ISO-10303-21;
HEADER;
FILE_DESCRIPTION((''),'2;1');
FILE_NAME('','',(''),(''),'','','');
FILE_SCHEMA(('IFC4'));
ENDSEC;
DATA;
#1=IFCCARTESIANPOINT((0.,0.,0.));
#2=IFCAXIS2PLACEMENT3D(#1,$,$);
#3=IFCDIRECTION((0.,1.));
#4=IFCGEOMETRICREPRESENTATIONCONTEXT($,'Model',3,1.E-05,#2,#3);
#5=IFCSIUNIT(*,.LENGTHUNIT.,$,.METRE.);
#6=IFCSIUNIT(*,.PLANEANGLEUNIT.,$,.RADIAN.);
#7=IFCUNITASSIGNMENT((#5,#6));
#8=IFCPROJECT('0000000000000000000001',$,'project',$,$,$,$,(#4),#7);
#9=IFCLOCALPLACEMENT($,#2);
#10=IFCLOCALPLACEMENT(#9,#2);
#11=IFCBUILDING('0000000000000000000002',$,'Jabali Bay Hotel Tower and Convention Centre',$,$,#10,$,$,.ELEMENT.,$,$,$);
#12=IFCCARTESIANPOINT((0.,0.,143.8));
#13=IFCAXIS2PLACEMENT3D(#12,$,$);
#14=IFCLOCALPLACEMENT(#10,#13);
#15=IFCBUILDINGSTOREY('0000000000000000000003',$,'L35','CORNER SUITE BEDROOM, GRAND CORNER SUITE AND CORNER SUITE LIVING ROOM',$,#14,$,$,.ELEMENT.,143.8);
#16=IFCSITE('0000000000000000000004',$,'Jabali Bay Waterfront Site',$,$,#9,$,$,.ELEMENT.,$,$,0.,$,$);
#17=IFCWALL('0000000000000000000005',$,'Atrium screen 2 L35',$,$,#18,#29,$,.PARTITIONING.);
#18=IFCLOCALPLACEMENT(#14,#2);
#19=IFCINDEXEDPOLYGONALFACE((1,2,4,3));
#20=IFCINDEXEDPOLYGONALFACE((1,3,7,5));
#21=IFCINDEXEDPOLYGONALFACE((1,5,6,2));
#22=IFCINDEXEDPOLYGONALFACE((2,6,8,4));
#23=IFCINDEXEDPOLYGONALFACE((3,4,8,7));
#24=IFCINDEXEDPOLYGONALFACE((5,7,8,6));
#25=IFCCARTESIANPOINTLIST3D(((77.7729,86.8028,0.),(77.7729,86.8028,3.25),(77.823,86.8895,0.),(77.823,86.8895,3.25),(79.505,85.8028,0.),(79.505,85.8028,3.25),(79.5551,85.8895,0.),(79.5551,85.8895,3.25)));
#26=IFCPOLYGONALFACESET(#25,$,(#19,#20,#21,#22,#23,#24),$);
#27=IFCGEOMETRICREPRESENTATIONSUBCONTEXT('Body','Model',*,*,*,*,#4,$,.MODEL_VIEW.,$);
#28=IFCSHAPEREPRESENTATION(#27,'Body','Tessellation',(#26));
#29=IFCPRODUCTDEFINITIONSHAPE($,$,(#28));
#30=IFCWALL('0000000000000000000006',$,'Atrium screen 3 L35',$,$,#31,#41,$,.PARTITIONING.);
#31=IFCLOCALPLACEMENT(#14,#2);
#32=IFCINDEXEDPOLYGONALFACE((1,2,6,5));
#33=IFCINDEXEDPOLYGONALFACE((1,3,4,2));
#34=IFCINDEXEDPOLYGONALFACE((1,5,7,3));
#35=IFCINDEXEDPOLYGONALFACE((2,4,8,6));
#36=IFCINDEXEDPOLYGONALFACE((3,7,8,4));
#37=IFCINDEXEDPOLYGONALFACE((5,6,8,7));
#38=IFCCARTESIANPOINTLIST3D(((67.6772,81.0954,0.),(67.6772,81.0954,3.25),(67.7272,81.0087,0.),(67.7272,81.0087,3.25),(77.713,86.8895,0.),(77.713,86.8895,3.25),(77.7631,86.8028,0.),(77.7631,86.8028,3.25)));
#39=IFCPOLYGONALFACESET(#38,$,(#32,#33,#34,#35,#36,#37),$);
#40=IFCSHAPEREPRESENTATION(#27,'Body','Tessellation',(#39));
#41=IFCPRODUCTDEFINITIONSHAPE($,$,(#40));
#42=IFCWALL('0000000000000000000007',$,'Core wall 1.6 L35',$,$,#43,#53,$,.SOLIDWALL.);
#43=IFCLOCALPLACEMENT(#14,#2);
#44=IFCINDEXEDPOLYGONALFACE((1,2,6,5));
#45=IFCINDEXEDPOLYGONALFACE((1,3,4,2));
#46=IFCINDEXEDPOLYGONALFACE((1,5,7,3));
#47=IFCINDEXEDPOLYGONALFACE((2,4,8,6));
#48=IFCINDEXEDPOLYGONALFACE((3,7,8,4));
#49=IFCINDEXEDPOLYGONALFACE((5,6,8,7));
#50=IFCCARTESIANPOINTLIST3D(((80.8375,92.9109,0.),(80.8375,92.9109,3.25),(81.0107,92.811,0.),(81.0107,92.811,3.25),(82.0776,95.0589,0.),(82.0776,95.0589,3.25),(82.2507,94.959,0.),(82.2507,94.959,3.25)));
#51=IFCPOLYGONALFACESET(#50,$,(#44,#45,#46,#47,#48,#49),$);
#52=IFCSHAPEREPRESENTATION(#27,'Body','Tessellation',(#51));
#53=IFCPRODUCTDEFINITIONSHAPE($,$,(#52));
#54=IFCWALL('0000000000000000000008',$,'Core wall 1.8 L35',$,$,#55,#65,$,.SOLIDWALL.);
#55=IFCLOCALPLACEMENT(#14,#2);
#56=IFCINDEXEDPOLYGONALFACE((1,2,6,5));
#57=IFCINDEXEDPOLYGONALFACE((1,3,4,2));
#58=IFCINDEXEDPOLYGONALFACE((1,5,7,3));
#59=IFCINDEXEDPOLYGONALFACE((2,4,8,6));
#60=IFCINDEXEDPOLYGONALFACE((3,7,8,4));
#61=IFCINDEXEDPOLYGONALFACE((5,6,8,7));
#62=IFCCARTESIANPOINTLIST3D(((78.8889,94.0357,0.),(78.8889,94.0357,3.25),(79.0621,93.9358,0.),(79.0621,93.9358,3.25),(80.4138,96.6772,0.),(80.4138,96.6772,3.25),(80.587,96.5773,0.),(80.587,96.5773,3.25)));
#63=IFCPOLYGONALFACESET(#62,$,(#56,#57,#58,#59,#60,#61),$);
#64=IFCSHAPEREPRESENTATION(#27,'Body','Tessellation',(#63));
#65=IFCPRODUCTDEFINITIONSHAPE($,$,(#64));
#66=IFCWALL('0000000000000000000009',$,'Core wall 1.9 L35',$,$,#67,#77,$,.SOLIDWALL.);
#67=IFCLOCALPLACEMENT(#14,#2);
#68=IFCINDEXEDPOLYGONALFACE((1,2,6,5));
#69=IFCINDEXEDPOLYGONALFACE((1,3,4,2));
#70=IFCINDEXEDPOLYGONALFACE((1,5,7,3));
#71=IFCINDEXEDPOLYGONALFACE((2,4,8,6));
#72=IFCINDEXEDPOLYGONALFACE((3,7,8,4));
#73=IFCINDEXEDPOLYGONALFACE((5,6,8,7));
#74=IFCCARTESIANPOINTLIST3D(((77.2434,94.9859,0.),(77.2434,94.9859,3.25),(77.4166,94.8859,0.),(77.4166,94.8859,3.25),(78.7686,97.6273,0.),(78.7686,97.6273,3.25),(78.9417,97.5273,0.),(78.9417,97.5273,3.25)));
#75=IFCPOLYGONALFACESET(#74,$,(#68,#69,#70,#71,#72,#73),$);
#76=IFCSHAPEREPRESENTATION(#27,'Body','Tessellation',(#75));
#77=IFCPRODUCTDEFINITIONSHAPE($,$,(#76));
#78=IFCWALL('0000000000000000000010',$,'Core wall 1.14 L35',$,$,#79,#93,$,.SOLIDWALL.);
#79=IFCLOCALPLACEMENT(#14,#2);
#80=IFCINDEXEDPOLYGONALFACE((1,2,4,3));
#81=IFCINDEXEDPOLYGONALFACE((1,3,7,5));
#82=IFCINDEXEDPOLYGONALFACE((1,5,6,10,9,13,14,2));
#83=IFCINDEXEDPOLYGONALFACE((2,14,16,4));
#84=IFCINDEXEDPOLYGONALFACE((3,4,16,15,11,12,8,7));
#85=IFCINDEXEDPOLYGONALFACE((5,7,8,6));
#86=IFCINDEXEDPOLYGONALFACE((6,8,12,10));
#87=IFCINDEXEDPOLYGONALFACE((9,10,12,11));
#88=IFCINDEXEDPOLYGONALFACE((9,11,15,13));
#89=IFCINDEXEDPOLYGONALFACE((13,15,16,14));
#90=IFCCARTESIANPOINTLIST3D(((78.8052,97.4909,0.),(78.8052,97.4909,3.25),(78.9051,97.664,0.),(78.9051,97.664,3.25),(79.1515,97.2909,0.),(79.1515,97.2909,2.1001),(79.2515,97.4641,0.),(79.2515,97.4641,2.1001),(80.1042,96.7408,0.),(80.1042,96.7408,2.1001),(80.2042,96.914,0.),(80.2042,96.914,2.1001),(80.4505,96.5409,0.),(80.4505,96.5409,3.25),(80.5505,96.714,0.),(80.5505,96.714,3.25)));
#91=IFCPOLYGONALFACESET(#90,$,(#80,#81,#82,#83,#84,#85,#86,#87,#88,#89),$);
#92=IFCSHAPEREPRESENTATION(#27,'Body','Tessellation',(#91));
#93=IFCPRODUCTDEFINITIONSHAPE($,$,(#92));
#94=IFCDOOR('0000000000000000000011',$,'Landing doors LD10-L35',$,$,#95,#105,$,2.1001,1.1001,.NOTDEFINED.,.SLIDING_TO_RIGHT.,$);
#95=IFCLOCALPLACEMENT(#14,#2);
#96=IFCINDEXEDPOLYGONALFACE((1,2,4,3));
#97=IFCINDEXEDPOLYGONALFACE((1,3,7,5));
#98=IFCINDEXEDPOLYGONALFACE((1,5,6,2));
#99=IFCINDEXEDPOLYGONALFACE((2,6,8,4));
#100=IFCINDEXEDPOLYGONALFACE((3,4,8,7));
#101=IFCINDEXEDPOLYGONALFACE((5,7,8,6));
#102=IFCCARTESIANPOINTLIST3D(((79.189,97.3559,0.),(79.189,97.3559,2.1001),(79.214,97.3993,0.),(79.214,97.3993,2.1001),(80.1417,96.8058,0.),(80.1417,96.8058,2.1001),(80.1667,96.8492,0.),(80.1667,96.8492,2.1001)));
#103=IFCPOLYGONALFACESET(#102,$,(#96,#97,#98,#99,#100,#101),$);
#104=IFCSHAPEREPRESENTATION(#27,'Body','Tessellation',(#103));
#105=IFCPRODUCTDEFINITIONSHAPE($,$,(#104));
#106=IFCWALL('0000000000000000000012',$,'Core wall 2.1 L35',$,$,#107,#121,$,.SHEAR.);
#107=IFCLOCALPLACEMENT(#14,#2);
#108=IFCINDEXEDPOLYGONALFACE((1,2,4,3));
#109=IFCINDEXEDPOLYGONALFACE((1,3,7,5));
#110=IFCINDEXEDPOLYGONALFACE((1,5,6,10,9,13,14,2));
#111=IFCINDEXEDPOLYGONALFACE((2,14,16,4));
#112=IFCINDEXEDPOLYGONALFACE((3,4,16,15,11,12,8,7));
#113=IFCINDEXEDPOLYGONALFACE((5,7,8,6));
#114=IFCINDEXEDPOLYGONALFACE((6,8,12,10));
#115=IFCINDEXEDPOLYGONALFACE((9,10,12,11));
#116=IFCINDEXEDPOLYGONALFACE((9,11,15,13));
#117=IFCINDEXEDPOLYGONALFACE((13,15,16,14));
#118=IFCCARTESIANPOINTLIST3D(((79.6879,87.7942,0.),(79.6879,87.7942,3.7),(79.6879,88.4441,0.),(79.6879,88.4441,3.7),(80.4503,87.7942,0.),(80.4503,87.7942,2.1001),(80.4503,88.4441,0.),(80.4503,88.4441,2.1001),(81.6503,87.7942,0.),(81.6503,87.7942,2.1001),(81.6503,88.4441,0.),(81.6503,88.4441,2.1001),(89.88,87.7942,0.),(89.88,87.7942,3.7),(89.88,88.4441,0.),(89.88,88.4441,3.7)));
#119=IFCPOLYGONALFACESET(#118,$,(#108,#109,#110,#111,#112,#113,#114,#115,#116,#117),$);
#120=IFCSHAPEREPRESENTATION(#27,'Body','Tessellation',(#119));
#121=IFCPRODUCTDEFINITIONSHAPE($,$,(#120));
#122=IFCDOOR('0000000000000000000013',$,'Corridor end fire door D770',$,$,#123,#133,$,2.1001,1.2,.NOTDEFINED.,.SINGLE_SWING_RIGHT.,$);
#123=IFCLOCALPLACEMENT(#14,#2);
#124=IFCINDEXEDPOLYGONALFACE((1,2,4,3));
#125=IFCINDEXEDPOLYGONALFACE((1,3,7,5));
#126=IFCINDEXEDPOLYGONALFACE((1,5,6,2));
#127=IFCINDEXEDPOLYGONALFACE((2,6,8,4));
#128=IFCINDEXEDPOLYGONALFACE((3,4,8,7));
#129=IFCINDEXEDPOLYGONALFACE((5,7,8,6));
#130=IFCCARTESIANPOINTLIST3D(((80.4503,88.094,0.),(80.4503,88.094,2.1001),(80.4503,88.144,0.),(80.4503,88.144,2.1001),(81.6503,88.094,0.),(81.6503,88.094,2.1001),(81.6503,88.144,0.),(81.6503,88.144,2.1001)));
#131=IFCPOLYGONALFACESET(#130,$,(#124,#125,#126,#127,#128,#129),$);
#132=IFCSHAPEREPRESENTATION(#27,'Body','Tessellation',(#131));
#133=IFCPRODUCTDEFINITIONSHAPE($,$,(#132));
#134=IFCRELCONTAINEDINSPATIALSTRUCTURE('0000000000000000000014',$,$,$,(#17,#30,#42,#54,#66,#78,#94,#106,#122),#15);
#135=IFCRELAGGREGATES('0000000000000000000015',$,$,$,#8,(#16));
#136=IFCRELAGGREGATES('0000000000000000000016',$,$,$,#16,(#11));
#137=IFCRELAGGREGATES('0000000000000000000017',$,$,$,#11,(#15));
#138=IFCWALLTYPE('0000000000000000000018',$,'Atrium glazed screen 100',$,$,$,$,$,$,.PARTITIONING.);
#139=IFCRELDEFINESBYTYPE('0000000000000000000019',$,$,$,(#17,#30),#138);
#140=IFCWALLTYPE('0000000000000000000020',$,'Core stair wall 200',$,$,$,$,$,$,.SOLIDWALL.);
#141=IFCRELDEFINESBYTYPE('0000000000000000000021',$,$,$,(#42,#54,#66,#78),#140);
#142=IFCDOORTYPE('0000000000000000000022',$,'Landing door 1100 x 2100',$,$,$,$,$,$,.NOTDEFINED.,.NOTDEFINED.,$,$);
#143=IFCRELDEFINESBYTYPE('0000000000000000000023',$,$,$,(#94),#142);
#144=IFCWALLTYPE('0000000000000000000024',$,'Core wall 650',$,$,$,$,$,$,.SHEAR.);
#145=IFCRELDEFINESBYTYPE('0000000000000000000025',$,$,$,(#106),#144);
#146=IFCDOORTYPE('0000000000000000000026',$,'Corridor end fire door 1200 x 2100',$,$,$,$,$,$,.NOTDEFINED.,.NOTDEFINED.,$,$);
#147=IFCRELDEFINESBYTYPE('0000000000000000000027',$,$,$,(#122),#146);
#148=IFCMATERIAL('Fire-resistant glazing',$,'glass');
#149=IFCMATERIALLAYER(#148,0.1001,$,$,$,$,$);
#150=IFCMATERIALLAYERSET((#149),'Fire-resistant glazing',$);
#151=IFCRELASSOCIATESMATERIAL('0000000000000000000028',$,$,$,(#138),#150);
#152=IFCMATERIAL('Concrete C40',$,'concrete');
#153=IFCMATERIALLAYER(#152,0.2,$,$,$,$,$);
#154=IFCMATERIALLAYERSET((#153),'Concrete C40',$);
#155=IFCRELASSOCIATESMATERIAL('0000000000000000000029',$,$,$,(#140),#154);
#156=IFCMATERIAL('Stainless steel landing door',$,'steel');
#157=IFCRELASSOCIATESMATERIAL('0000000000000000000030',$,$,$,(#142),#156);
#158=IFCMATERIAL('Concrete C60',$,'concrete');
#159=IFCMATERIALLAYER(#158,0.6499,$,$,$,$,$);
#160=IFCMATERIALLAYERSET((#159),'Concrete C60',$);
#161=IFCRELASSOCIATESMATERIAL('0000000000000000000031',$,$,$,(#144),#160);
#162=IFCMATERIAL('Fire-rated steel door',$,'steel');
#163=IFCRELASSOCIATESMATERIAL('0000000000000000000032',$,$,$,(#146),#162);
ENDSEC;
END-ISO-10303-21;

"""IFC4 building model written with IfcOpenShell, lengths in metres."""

from ifc_helpers import new_model, si_unit, direction, frame, frame_2d, origin, place, context, subcontext, project, spatial, rectangle, extrude, material, layer, layer_set, type_object, element, fill, save


model = new_model("IFC4")

# Units and contexts
model_context = context("Model", 3, precision=1e-05, world=origin(), true_north=direction((0.0, 1.0)))
body_context = subcontext(model_context, "Body", "Model", "MODEL_VIEW")
ifc_project = project(units=[si_unit("LENGTHUNIT", "METRE"), si_unit("PLANEANGLEUNIT", "RADIAN")], contexts=[model_context])

# Site, building, storey
site_placement = place(None, origin())
site = spatial("IfcSite", under=ifc_project, at=site_placement, Name="Jabali Bay Waterfront Site", CompositionType="ELEMENT", RefElevation=0.0)
building_placement = place(site_placement, origin())
building = spatial("IfcBuilding", under=site, at=building_placement, Name="Jabali Bay Hotel Tower and Convention Centre", CompositionType="ELEMENT")
storey_placement = place(building_placement, frame((0.0, 0.0, 143.8)))
storey = spatial("IfcBuildingStorey", under=building, at=storey_placement, Name="L35", Description="CORNER SUITE BEDROOM, GRAND CORNER SUITE AND CORNER SUITE LIVING ROOM", CompositionType="ELEMENT", Elevation=143.8)

# Walls
ifc_material_1 = material(Name="Fire-resistant glazing", Category="glass")
ifc_layer_1 = layer(ifc_material_1, 0.1001)
ifc_layer_set_1 = layer_set([ifc_layer_1], Name="Fire-resistant glazing")
wall_type_1 = type_object("IfcWallType", Name="Atrium glazed screen 100", PredefinedType="PARTITIONING", material=ifc_layer_set_1)
wall_1_placement = place(storey_placement, frame((79.53, 85.8462, 0.0), z_axis=(0.0, 0.0, 1.0), x_axis=(-0.866041, 0.499973, 0.0)))
element("IfcWall", 1, at=wall_1_placement, inside=storey, type_object=wall_type_1, Name="Atrium screen 2 L35", PredefinedType="PARTITIONING", context=body_context, shape_type="SweptSolid", body=[
    extrude(rectangle(XDim=2.0, YDim=0.1001, at=frame_2d((1.0, 0.0))), origin(), (0.0, 0.0, 1.0), 3.25),
])
wall_2_placement = place(storey_placement, frame((77.738, 86.8462, 0.0), z_axis=(0.0, 0.0, 1.0), x_axis=(-0.866027, -0.499998, 0.0)))
element("IfcWall", 2, at=wall_2_placement, inside=storey, type_object=wall_type_1, Name="Atrium screen 3 L35", PredefinedType="PARTITIONING", context=body_context, shape_type="SweptSolid", body=[
    extrude(rectangle(XDim=11.5884, YDim=0.1001, at=frame_2d((5.7942, 0.0))), origin(), (0.0, 0.0, 1.0), 3.25),
])
ifc_material_2 = material(Name="Concrete C40", Category="concrete")
ifc_layer_2 = layer(ifc_material_2, 0.2)
ifc_layer_set_2 = layer_set([ifc_layer_2], Name="Concrete C40")
wall_type_2 = type_object("IfcWallType", Name="Core stair wall 200", PredefinedType="SOLIDWALL", material=ifc_layer_set_2)
wall_3_placement = place(storey_placement, frame((80.9241, 92.8608, 0.0), z_axis=(0.0, 0.0, 1.0), x_axis=(0.499961, 0.866048, 0.0)))
element("IfcWall", 3, at=wall_3_placement, inside=storey, type_object=wall_type_2, Name="Core wall 1.6 L35", PredefinedType="SOLIDWALL", context=body_context, shape_type="SweptSolid", body=[
    extrude(rectangle(XDim=2.4802, YDim=0.2, at=frame_2d((1.2402, 0.0))), origin(), (0.0, 0.0, 1.0), 3.25),
])
for number, where, z_axis, x_axis, name in (
    (4, (78.9756, 93.9858, 0.0), (0.0, 0.0, 1.0), (0.499944, 0.866058, 0.0), "Core wall 1.8 L35"),
    (5, (77.3301, 94.936, 0.0), (0.0, 0.0, 1.0), (0.500039, 0.866003, 0.0), "Core wall 1.9 L35"),
):
    element("IfcWall", number, at=place(storey_placement, frame(where, z_axis=z_axis, x_axis=x_axis)), inside=storey, type_object=wall_type_2, Name=name, PredefinedType="SOLIDWALL", context=body_context, shape_type="SweptSolid", body=[
        extrude(rectangle(XDim=3.05, YDim=0.2, at=frame_2d((1.5249, 0.0))), origin(), (0.0, 0.0, 1.0), 3.25),
    ])

# Walls, openings, doors
wall_4_placement = place(storey_placement, frame((80.5005, 96.6274, 0.0), z_axis=(0.0, 0.0, 1.0), x_axis=(-0.866012, 0.500023, 0.0)))
wall_4 = element("IfcWall", 6, at=wall_4_placement, inside=storey, type_object=wall_type_2, Name="Core wall 1.14 L35", PredefinedType="SOLIDWALL", context=body_context, shape_type="SweptSolid", body=[
    extrude(rectangle(XDim=1.8999, YDim=0.2, at=frame_2d((0.95, 0.0))), origin(), (0.0, 0.0, 1.0), 3.25),
])
opening_1_placement = place(wall_4_placement, frame((0.3999, 0.0, 0.0)))
opening_1 = element("IfcOpeningElement", 7, at=opening_1_placement, cuts=wall_4, PredefinedType="OPENING", context=body_context, shape_type="SweptSolid", body=[
    extrude(rectangle(XDim=1.1001, YDim=2.1001, at=frame_2d((0.55, 1.05))), frame((0.0, 0.1104, 0.0), z_axis=(0.0, -1.0, 0.0), x_axis=(1.0, 0.0, 0.0)), (0.0, 0.0, 1.0), 0.2209),
])
ifc_material_3 = material(Name="Stainless steel landing door", Category="steel")
door_type_1 = type_object("IfcDoorType", Name="Landing door 1100 x 2100", OperationType="NOTDEFINED", PredefinedType="NOTDEFINED", material=ifc_material_3)
door_1_placement = place(opening_1_placement, origin())
door_1 = element("IfcDoor", 8, at=door_1_placement, inside=storey, type_object=door_type_1, Name="Landing doors LD10-L35", OperationType="SLIDING_TO_RIGHT", OverallHeight=2.1001, OverallWidth=1.1001, PredefinedType="NOTDEFINED", context=body_context, shape_type="SweptSolid", body=[
    extrude(rectangle(XDim=1.1001, YDim=2.1001, at=frame_2d((0.55, 1.05))), frame((0.0, 0.0249, 0.0), z_axis=(0.0, -1.0, 0.0), x_axis=(1.0, 0.0, 0.0)), (0.0, 0.0, 1.0), 0.05),
])
fill(opening_1, door_1)
ifc_material_4 = material(Name="Concrete C60", Category="concrete")
ifc_layer_3 = layer(ifc_material_4, 0.6499)
ifc_layer_set_3 = layer_set([ifc_layer_3], Name="Concrete C60")
wall_type_3 = type_object("IfcWallType", Name="Core wall 650", PredefinedType="SHEAR", material=ifc_layer_set_3)
wall_5_placement = place(storey_placement, frame((79.6877, 88.1191, 0.0), z_axis=(0.0, 0.0, 1.0), x_axis=(1.0, 0.0, 0.0)))
wall_5 = element("IfcWall", 9, at=wall_5_placement, inside=storey, type_object=wall_type_3, Name="Core wall 2.1 L35", PredefinedType="SHEAR", context=body_context, shape_type="SweptSolid", body=[
    extrude(rectangle(XDim=10.1921, YDim=0.6499, at=frame_2d((5.0962, 0.0))), origin(), (0.0, 0.0, 1.0), 3.7),
])
opening_2_placement = place(wall_5_placement, frame((0.7625, 0.0, 0.0)))
opening_2 = element("IfcOpeningElement", 10, at=opening_2_placement, cuts=wall_5, PredefinedType="OPENING", context=body_context, shape_type="SweptSolid", body=[
    extrude(rectangle(XDim=1.2, YDim=2.1001, at=frame_2d((0.6001, 1.05))), frame((0.0, 0.3354, 0.0), z_axis=(0.0, -1.0, 0.0), x_axis=(1.0, 0.0, 0.0)), (0.0, 0.0, 1.0), 0.6709),
])
ifc_material_5 = material(Name="Fire-rated steel door", Category="steel")
door_type_2 = type_object("IfcDoorType", Name="Corridor end fire door 1200 x 2100", OperationType="NOTDEFINED", PredefinedType="NOTDEFINED", material=ifc_material_5)
door_2_placement = place(opening_2_placement, origin())
door_2 = element("IfcDoor", 11, at=door_2_placement, inside=storey, type_object=door_type_2, Name="Corridor end fire door D770", OperationType="SINGLE_SWING_RIGHT", OverallHeight=2.1001, OverallWidth=1.2, PredefinedType="NOTDEFINED", context=body_context, shape_type="SweptSolid", body=[
    extrude(rectangle(XDim=1.2, YDim=2.1001, at=frame_2d((0.6001, 1.05))), frame((0.0, 0.0249, 0.0), z_axis=(0.0, -1.0, 0.0), x_axis=(1.0, 0.0, 0.0)), (0.0, 0.0, 1.0), 0.05),
])
fill(opening_2, door_2)

save(model, "model.ifc")
